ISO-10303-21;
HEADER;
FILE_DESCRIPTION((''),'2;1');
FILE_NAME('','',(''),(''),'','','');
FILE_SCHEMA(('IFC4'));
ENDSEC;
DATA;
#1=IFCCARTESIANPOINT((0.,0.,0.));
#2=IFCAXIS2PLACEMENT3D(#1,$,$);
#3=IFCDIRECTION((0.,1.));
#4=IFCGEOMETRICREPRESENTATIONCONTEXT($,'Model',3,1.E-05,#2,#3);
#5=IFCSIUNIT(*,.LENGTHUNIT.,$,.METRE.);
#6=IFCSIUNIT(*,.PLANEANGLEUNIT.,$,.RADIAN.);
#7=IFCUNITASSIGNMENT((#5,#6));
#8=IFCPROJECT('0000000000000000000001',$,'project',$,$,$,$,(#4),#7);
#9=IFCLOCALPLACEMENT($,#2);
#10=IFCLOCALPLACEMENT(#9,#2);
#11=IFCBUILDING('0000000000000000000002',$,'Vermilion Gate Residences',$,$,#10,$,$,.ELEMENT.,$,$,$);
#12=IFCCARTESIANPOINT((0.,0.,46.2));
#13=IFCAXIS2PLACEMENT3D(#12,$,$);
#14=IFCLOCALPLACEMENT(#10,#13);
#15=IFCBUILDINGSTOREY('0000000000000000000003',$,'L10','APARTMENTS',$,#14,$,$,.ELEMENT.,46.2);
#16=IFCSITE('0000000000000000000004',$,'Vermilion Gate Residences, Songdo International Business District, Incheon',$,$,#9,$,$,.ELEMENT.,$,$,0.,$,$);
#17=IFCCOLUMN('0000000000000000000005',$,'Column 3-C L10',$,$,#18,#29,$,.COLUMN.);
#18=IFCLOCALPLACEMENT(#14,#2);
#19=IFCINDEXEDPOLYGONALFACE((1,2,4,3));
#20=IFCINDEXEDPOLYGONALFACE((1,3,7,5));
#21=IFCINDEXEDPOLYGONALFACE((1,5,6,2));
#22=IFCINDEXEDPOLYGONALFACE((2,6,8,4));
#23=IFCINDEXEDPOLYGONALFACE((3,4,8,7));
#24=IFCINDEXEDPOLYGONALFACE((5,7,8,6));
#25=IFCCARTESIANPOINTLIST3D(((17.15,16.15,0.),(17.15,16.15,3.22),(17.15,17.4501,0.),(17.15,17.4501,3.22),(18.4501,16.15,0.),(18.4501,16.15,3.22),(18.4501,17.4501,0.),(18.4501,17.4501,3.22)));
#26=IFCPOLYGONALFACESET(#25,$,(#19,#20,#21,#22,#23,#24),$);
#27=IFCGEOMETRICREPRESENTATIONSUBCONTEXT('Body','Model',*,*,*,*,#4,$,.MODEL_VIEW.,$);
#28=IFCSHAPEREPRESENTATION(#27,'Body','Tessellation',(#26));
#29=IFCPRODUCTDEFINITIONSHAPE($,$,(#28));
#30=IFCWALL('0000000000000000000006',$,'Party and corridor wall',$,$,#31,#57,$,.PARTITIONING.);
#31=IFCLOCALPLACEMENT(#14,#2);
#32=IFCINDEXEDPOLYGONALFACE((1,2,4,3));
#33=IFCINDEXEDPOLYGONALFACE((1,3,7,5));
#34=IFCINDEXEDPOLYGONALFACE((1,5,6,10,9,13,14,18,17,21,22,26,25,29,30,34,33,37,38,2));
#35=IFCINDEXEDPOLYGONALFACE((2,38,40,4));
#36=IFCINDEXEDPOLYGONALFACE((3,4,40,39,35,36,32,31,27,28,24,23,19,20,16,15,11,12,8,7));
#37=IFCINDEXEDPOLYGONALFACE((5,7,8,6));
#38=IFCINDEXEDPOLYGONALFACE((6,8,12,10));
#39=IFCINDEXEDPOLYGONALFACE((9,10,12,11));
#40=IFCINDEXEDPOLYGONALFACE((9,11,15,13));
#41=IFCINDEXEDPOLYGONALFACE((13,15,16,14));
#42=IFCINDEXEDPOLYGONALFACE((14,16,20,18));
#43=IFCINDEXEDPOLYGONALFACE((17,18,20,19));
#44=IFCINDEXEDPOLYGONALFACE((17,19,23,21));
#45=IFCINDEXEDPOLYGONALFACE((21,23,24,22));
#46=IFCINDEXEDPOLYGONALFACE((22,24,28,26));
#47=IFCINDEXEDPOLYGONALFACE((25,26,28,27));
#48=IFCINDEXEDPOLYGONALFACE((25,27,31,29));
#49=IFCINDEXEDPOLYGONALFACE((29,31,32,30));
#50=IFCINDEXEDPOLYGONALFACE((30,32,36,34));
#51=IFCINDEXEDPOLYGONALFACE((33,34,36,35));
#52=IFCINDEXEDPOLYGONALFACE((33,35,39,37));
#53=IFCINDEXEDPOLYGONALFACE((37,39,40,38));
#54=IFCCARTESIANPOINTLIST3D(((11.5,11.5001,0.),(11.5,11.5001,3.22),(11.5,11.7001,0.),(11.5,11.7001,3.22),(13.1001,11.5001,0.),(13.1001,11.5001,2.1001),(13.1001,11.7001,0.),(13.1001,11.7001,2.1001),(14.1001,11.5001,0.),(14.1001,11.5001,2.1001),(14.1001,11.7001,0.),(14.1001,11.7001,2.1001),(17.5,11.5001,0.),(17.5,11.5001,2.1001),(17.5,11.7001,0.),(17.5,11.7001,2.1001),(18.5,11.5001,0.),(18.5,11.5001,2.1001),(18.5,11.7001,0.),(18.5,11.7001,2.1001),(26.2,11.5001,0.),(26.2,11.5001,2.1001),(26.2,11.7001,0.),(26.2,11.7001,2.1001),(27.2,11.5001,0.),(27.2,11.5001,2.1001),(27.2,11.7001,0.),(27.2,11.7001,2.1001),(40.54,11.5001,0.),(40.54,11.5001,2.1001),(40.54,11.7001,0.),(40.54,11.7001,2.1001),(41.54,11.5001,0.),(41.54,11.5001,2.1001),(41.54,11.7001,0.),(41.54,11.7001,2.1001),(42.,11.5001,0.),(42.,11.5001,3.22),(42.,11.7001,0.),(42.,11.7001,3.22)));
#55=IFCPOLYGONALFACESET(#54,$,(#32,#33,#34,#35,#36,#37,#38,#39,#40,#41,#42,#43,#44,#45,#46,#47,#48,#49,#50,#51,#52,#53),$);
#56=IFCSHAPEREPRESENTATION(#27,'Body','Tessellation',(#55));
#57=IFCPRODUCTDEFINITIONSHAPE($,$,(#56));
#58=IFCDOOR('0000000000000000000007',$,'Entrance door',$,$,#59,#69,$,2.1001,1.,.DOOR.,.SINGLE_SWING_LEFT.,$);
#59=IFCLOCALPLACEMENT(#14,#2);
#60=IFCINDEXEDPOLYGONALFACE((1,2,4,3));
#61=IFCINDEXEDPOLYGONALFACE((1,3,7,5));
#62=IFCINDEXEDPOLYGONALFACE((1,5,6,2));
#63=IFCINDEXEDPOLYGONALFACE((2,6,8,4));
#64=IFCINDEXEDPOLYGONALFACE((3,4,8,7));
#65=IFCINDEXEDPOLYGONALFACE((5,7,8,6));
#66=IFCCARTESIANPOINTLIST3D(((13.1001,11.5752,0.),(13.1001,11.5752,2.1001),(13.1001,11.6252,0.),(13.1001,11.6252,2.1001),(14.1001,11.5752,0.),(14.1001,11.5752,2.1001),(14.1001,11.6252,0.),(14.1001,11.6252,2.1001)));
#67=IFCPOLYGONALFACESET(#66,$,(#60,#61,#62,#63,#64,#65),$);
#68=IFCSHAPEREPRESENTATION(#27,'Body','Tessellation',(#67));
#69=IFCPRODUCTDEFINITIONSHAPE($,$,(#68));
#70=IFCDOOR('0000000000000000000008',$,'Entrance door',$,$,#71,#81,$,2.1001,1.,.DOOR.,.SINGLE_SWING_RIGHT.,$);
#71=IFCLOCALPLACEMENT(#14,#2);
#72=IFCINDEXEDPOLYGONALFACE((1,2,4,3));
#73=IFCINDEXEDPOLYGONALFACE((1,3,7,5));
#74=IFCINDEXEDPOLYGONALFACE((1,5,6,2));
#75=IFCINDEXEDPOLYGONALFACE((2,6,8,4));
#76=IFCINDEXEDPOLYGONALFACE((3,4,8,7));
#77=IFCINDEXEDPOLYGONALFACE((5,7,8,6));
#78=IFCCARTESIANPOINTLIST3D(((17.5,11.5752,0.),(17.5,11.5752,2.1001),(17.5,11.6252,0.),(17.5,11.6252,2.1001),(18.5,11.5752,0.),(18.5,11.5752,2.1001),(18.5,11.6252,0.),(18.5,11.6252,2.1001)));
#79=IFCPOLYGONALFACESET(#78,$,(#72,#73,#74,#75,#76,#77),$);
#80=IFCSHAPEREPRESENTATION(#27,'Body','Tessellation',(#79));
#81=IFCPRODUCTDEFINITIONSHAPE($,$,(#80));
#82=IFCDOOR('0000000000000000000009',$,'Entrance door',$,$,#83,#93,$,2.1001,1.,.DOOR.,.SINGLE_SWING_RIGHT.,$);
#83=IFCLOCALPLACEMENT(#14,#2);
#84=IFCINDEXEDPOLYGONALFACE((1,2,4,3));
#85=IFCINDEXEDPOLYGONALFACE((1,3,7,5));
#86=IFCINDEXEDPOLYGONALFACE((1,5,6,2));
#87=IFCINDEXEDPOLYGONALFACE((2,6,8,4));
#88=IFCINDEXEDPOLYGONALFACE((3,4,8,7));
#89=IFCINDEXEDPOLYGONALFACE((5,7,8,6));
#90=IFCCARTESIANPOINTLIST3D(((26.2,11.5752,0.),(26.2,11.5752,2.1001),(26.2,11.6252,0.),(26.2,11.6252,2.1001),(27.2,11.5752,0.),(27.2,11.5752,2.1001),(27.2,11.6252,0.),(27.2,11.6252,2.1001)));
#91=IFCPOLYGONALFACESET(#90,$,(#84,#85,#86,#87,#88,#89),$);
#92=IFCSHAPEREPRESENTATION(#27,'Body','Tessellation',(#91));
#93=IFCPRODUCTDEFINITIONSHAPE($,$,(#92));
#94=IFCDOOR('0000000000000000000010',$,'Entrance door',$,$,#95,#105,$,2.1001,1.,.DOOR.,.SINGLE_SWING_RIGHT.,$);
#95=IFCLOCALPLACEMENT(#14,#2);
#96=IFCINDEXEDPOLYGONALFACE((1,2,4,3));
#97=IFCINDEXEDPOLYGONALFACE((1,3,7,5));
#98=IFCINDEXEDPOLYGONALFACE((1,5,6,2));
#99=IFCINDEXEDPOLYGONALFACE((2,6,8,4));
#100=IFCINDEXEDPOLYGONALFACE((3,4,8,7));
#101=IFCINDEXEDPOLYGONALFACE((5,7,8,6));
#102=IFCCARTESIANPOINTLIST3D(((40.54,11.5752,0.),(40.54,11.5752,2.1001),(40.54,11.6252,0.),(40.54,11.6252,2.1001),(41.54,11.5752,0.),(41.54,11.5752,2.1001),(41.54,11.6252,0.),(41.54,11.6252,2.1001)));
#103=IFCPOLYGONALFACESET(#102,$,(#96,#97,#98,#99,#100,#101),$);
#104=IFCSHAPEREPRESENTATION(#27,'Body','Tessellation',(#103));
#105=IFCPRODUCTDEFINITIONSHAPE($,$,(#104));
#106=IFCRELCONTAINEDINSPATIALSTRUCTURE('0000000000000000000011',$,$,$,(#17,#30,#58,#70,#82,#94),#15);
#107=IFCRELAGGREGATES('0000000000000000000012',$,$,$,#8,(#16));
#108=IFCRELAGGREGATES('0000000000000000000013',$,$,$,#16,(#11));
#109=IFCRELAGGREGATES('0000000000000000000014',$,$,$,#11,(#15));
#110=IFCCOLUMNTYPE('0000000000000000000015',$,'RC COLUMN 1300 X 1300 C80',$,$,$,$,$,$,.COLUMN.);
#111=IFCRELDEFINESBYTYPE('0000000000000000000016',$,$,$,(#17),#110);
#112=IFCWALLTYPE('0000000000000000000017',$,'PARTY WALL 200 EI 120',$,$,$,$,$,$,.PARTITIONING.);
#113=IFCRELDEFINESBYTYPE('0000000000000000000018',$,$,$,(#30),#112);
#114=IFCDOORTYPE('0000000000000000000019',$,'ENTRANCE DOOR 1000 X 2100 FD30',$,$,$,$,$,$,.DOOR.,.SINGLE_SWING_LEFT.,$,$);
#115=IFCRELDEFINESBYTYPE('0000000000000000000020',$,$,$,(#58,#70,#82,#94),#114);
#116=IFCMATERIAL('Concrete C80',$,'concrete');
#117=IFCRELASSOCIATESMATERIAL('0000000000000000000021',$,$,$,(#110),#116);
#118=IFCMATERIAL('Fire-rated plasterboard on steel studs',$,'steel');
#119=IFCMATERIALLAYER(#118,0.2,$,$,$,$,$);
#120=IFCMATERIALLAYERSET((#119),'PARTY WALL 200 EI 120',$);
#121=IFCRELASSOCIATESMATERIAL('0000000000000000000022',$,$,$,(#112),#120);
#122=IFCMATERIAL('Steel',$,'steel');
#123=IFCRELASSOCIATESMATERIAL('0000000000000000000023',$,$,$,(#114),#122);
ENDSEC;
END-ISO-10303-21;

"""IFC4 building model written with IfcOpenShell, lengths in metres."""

from ifc_helpers import new_model, si_unit, direction, frame, frame_2d, origin, origin_2d, place, context, subcontext, project, spatial, rectangle, extrude, material, layer, layer_set, material_profile, profile_set, type_object, element, fill, save


model = new_model("IFC4")

# Units and contexts
model_context = context("Model", 3, precision=1e-05, world=origin(), true_north=direction((0.0, 1.0)))
body_context = subcontext(model_context, "Body", "Model", "MODEL_VIEW")
ifc_project = project(units=[si_unit("LENGTHUNIT", "METRE"), si_unit("PLANEANGLEUNIT", "RADIAN")], contexts=[model_context])

# Site, building, storey
site_placement = place(None, origin())
site = spatial("IfcSite", under=ifc_project, at=site_placement, Name="Vermilion Gate Residences, Songdo International Business District, Incheon", CompositionType="ELEMENT", RefElevation=0.0)
building_placement = place(site_placement, origin())
building = spatial("IfcBuilding", under=site, at=building_placement, Name="Vermilion Gate Residences", CompositionType="ELEMENT")
storey_placement = place(building_placement, frame((0.0, 0.0, 46.2)))
storey = spatial("IfcBuildingStorey", under=building, at=storey_placement, Name="L10", Description="APARTMENTS", CompositionType="ELEMENT", Elevation=46.2)

# Column
ifc_material_1 = material(Name="Concrete C80", Category="concrete")
ifc_material_profile = material_profile(ifc_material_1, rectangle(XDim=1.3, YDim=1.3, at=origin_2d()), Name="RC-1300x1300")
ifc_profile_set = profile_set([ifc_material_profile], Name="Concrete C80")
column_type = type_object("IfcColumnType", Name="RC COLUMN 1300 X 1300 C80", PredefinedType="COLUMN", material=ifc_profile_set)
column_placement = place(storey_placement, frame((17.8, 16.8, 0.0), z_axis=(0.0, 0.0, 1.0), x_axis=(1.0, 0.0, 0.0)))
element("IfcColumn", 1, at=column_placement, inside=storey, type_object=column_type, Name="Column 3-C L10", PredefinedType="COLUMN", context=body_context, shape_type="SweptSolid", body=[
    extrude(rectangle(XDim=1.3, YDim=1.3, at=origin_2d()), origin(), (0.0, 0.0, 1.0), 3.22),
])

# Wall, openings, doors
ifc_material_2 = material(Name="Fire-rated plasterboard on steel studs", Category="steel")
ifc_layer_1 = layer(ifc_material_2, 0.2)
ifc_layer_set_1 = layer_set([ifc_layer_1], Name="PARTY WALL 200 EI 120")
wall_type_1 = type_object("IfcWallType", Name="PARTY WALL 200 EI 120", PredefinedType="PARTITIONING", material=ifc_layer_set_1)
wall_1_placement = place(storey_placement, frame((11.5, 11.6001, 0.0), z_axis=(0.0, 0.0, 1.0), x_axis=(1.0, 0.0, 0.0)))
wall_1 = element("IfcWall", 2, at=wall_1_placement, inside=storey, type_object=wall_type_1, Name="Party and corridor wall", PredefinedType="PARTITIONING", context=body_context, shape_type="SweptSolid", body=[
    extrude(rectangle(XDim=30.5, YDim=0.2, at=frame_2d((15.25, 0.0))), origin(), (0.0, 0.0, 1.0), 3.22),
])
opening_1_placement = place(wall_1_placement, frame((1.6001, 0.0, 0.0)))
opening_1 = element("IfcOpeningElement", 3, at=opening_1_placement, cuts=wall_1, PredefinedType="OPENING", context=body_context, shape_type="SweptSolid", body=[
    extrude(rectangle(XDim=1.0, YDim=2.1001, at=frame_2d((0.5, 1.05))), frame((0.0, 0.1099, 0.0), z_axis=(0.0, -1.0, 0.0), x_axis=(1.0, 0.0, 0.0)), (0.0, 0.0, 1.0), 0.22),
])
opening_2_placement = place(wall_1_placement, frame((6.0, 0.0, 0.0)))
opening_2 = element("IfcOpeningElement", 4, at=opening_2_placement, cuts=wall_1, PredefinedType="OPENING", context=body_context, shape_type="SweptSolid", body=[
    extrude(rectangle(XDim=1.0, YDim=2.1001, at=frame_2d((0.5, 1.05))), frame((0.0, 0.1099, 0.0), z_axis=(0.0, -1.0, 0.0), x_axis=(1.0, 0.0, 0.0)), (0.0, 0.0, 1.0), 0.22),
])
opening_3_placement = place(wall_1_placement, frame((14.7, 0.0, 0.0)))
opening_3 = element("IfcOpeningElement", 5, at=opening_3_placement, cuts=wall_1, PredefinedType="OPENING", context=body_context, shape_type="SweptSolid", body=[
    extrude(rectangle(XDim=1.0, YDim=2.1001, at=frame_2d((0.5, 1.05))), frame((0.0, 0.1099, 0.0), z_axis=(0.0, -1.0, 0.0), x_axis=(1.0, 0.0, 0.0)), (0.0, 0.0, 1.0), 0.22),
])
opening_4_placement = place(wall_1_placement, frame((29.04, 0.0, 0.0)))
opening_4 = element("IfcOpeningElement", 6, at=opening_4_placement, cuts=wall_1, PredefinedType="OPENING", context=body_context, shape_type="SweptSolid", body=[
    extrude(rectangle(XDim=1.0, YDim=2.1001, at=frame_2d((0.5, 1.05))), frame((0.0, 0.1099, 0.0), z_axis=(0.0, -1.0, 0.0), x_axis=(1.0, 0.0, 0.0)), (0.0, 0.0, 1.0), 0.22),
])
ifc_material_3 = material(Name="Steel", Category="steel")
door_type_1 = type_object("IfcDoorType", Name="ENTRANCE DOOR 1000 X 2100 FD30", OperationType="SINGLE_SWING_LEFT", PredefinedType="DOOR", material=ifc_material_3)
door_1_placement = place(opening_1_placement, frame((1.0, 0.0, 0.0), z_axis=(0.0, 0.0, 1.0), x_axis=(-1.0, 0.0, 0.0)))
door_1 = element("IfcDoor", 7, at=door_1_placement, inside=storey, type_object=door_type_1, Name="Entrance door", OperationType="SINGLE_SWING_LEFT", OverallHeight=2.1001, OverallWidth=1.0, PredefinedType="DOOR", context=body_context, shape_type="SweptSolid", body=[
    extrude(rectangle(XDim=1.0, YDim=2.1001, at=frame_2d((0.5, 1.05))), frame((0.0, 0.0249, 0.0), z_axis=(0.0, -1.0, 0.0), x_axis=(1.0, 0.0, 0.0)), (0.0, 0.0, 1.0), 0.05),
])
fill(opening_1, door_1)
door_2_placement = place(opening_2_placement, frame((1.0, 0.0, 0.0), z_axis=(0.0, 0.0, 1.0), x_axis=(-1.0, 0.0, 0.0)))
door_2 = element("IfcDoor", 8, at=door_2_placement, inside=storey, type_object=door_type_1, Name="Entrance door", OperationType="SINGLE_SWING_RIGHT", OverallHeight=2.1001, OverallWidth=1.0, PredefinedType="DOOR", context=body_context, shape_type="SweptSolid", body=[
    extrude(rectangle(XDim=1.0, YDim=2.1001, at=frame_2d((0.5, 1.05))), frame((0.0, 0.0249, 0.0), z_axis=(0.0, -1.0, 0.0), x_axis=(1.0, 0.0, 0.0)), (0.0, 0.0, 1.0), 0.05),
])
fill(opening_2, door_2)
door_3_placement = place(opening_3_placement, frame((1.0, 0.0, 0.0), z_axis=(0.0, 0.0, 1.0), x_axis=(-1.0, 0.0, 0.0)))
door_3 = element("IfcDoor", 9, at=door_3_placement, inside=storey, type_object=door_type_1, Name="Entrance door", OperationType="SINGLE_SWING_RIGHT", OverallHeight=2.1001, OverallWidth=1.0, PredefinedType="DOOR", context=body_context, shape_type="SweptSolid", body=[
    extrude(rectangle(XDim=1.0, YDim=2.1001, at=frame_2d((0.5, 1.05))), frame((0.0, 0.0249, 0.0), z_axis=(0.0, -1.0, 0.0), x_axis=(1.0, 0.0, 0.0)), (0.0, 0.0, 1.0), 0.05),
])
fill(opening_3, door_3)
door_4_placement = place(opening_4_placement, frame((1.0, 0.0, 0.0), z_axis=(0.0, 0.0, 1.0), x_axis=(-1.0, 0.0, 0.0)))
door_4 = element("IfcDoor", 10, at=door_4_placement, inside=storey, type_object=door_type_1, Name="Entrance door", OperationType="SINGLE_SWING_RIGHT", OverallHeight=2.1001, OverallWidth=1.0, PredefinedType="DOOR", context=body_context, shape_type="SweptSolid", body=[
    extrude(rectangle(XDim=1.0, YDim=2.1001, at=frame_2d((0.5, 1.05))), frame((0.0, 0.0249, 0.0), z_axis=(0.0, -1.0, 0.0), x_axis=(1.0, 0.0, 0.0)), (0.0, 0.0, 1.0), 0.05),
])
fill(opening_4, door_4)

save(model, "model.ifc")
